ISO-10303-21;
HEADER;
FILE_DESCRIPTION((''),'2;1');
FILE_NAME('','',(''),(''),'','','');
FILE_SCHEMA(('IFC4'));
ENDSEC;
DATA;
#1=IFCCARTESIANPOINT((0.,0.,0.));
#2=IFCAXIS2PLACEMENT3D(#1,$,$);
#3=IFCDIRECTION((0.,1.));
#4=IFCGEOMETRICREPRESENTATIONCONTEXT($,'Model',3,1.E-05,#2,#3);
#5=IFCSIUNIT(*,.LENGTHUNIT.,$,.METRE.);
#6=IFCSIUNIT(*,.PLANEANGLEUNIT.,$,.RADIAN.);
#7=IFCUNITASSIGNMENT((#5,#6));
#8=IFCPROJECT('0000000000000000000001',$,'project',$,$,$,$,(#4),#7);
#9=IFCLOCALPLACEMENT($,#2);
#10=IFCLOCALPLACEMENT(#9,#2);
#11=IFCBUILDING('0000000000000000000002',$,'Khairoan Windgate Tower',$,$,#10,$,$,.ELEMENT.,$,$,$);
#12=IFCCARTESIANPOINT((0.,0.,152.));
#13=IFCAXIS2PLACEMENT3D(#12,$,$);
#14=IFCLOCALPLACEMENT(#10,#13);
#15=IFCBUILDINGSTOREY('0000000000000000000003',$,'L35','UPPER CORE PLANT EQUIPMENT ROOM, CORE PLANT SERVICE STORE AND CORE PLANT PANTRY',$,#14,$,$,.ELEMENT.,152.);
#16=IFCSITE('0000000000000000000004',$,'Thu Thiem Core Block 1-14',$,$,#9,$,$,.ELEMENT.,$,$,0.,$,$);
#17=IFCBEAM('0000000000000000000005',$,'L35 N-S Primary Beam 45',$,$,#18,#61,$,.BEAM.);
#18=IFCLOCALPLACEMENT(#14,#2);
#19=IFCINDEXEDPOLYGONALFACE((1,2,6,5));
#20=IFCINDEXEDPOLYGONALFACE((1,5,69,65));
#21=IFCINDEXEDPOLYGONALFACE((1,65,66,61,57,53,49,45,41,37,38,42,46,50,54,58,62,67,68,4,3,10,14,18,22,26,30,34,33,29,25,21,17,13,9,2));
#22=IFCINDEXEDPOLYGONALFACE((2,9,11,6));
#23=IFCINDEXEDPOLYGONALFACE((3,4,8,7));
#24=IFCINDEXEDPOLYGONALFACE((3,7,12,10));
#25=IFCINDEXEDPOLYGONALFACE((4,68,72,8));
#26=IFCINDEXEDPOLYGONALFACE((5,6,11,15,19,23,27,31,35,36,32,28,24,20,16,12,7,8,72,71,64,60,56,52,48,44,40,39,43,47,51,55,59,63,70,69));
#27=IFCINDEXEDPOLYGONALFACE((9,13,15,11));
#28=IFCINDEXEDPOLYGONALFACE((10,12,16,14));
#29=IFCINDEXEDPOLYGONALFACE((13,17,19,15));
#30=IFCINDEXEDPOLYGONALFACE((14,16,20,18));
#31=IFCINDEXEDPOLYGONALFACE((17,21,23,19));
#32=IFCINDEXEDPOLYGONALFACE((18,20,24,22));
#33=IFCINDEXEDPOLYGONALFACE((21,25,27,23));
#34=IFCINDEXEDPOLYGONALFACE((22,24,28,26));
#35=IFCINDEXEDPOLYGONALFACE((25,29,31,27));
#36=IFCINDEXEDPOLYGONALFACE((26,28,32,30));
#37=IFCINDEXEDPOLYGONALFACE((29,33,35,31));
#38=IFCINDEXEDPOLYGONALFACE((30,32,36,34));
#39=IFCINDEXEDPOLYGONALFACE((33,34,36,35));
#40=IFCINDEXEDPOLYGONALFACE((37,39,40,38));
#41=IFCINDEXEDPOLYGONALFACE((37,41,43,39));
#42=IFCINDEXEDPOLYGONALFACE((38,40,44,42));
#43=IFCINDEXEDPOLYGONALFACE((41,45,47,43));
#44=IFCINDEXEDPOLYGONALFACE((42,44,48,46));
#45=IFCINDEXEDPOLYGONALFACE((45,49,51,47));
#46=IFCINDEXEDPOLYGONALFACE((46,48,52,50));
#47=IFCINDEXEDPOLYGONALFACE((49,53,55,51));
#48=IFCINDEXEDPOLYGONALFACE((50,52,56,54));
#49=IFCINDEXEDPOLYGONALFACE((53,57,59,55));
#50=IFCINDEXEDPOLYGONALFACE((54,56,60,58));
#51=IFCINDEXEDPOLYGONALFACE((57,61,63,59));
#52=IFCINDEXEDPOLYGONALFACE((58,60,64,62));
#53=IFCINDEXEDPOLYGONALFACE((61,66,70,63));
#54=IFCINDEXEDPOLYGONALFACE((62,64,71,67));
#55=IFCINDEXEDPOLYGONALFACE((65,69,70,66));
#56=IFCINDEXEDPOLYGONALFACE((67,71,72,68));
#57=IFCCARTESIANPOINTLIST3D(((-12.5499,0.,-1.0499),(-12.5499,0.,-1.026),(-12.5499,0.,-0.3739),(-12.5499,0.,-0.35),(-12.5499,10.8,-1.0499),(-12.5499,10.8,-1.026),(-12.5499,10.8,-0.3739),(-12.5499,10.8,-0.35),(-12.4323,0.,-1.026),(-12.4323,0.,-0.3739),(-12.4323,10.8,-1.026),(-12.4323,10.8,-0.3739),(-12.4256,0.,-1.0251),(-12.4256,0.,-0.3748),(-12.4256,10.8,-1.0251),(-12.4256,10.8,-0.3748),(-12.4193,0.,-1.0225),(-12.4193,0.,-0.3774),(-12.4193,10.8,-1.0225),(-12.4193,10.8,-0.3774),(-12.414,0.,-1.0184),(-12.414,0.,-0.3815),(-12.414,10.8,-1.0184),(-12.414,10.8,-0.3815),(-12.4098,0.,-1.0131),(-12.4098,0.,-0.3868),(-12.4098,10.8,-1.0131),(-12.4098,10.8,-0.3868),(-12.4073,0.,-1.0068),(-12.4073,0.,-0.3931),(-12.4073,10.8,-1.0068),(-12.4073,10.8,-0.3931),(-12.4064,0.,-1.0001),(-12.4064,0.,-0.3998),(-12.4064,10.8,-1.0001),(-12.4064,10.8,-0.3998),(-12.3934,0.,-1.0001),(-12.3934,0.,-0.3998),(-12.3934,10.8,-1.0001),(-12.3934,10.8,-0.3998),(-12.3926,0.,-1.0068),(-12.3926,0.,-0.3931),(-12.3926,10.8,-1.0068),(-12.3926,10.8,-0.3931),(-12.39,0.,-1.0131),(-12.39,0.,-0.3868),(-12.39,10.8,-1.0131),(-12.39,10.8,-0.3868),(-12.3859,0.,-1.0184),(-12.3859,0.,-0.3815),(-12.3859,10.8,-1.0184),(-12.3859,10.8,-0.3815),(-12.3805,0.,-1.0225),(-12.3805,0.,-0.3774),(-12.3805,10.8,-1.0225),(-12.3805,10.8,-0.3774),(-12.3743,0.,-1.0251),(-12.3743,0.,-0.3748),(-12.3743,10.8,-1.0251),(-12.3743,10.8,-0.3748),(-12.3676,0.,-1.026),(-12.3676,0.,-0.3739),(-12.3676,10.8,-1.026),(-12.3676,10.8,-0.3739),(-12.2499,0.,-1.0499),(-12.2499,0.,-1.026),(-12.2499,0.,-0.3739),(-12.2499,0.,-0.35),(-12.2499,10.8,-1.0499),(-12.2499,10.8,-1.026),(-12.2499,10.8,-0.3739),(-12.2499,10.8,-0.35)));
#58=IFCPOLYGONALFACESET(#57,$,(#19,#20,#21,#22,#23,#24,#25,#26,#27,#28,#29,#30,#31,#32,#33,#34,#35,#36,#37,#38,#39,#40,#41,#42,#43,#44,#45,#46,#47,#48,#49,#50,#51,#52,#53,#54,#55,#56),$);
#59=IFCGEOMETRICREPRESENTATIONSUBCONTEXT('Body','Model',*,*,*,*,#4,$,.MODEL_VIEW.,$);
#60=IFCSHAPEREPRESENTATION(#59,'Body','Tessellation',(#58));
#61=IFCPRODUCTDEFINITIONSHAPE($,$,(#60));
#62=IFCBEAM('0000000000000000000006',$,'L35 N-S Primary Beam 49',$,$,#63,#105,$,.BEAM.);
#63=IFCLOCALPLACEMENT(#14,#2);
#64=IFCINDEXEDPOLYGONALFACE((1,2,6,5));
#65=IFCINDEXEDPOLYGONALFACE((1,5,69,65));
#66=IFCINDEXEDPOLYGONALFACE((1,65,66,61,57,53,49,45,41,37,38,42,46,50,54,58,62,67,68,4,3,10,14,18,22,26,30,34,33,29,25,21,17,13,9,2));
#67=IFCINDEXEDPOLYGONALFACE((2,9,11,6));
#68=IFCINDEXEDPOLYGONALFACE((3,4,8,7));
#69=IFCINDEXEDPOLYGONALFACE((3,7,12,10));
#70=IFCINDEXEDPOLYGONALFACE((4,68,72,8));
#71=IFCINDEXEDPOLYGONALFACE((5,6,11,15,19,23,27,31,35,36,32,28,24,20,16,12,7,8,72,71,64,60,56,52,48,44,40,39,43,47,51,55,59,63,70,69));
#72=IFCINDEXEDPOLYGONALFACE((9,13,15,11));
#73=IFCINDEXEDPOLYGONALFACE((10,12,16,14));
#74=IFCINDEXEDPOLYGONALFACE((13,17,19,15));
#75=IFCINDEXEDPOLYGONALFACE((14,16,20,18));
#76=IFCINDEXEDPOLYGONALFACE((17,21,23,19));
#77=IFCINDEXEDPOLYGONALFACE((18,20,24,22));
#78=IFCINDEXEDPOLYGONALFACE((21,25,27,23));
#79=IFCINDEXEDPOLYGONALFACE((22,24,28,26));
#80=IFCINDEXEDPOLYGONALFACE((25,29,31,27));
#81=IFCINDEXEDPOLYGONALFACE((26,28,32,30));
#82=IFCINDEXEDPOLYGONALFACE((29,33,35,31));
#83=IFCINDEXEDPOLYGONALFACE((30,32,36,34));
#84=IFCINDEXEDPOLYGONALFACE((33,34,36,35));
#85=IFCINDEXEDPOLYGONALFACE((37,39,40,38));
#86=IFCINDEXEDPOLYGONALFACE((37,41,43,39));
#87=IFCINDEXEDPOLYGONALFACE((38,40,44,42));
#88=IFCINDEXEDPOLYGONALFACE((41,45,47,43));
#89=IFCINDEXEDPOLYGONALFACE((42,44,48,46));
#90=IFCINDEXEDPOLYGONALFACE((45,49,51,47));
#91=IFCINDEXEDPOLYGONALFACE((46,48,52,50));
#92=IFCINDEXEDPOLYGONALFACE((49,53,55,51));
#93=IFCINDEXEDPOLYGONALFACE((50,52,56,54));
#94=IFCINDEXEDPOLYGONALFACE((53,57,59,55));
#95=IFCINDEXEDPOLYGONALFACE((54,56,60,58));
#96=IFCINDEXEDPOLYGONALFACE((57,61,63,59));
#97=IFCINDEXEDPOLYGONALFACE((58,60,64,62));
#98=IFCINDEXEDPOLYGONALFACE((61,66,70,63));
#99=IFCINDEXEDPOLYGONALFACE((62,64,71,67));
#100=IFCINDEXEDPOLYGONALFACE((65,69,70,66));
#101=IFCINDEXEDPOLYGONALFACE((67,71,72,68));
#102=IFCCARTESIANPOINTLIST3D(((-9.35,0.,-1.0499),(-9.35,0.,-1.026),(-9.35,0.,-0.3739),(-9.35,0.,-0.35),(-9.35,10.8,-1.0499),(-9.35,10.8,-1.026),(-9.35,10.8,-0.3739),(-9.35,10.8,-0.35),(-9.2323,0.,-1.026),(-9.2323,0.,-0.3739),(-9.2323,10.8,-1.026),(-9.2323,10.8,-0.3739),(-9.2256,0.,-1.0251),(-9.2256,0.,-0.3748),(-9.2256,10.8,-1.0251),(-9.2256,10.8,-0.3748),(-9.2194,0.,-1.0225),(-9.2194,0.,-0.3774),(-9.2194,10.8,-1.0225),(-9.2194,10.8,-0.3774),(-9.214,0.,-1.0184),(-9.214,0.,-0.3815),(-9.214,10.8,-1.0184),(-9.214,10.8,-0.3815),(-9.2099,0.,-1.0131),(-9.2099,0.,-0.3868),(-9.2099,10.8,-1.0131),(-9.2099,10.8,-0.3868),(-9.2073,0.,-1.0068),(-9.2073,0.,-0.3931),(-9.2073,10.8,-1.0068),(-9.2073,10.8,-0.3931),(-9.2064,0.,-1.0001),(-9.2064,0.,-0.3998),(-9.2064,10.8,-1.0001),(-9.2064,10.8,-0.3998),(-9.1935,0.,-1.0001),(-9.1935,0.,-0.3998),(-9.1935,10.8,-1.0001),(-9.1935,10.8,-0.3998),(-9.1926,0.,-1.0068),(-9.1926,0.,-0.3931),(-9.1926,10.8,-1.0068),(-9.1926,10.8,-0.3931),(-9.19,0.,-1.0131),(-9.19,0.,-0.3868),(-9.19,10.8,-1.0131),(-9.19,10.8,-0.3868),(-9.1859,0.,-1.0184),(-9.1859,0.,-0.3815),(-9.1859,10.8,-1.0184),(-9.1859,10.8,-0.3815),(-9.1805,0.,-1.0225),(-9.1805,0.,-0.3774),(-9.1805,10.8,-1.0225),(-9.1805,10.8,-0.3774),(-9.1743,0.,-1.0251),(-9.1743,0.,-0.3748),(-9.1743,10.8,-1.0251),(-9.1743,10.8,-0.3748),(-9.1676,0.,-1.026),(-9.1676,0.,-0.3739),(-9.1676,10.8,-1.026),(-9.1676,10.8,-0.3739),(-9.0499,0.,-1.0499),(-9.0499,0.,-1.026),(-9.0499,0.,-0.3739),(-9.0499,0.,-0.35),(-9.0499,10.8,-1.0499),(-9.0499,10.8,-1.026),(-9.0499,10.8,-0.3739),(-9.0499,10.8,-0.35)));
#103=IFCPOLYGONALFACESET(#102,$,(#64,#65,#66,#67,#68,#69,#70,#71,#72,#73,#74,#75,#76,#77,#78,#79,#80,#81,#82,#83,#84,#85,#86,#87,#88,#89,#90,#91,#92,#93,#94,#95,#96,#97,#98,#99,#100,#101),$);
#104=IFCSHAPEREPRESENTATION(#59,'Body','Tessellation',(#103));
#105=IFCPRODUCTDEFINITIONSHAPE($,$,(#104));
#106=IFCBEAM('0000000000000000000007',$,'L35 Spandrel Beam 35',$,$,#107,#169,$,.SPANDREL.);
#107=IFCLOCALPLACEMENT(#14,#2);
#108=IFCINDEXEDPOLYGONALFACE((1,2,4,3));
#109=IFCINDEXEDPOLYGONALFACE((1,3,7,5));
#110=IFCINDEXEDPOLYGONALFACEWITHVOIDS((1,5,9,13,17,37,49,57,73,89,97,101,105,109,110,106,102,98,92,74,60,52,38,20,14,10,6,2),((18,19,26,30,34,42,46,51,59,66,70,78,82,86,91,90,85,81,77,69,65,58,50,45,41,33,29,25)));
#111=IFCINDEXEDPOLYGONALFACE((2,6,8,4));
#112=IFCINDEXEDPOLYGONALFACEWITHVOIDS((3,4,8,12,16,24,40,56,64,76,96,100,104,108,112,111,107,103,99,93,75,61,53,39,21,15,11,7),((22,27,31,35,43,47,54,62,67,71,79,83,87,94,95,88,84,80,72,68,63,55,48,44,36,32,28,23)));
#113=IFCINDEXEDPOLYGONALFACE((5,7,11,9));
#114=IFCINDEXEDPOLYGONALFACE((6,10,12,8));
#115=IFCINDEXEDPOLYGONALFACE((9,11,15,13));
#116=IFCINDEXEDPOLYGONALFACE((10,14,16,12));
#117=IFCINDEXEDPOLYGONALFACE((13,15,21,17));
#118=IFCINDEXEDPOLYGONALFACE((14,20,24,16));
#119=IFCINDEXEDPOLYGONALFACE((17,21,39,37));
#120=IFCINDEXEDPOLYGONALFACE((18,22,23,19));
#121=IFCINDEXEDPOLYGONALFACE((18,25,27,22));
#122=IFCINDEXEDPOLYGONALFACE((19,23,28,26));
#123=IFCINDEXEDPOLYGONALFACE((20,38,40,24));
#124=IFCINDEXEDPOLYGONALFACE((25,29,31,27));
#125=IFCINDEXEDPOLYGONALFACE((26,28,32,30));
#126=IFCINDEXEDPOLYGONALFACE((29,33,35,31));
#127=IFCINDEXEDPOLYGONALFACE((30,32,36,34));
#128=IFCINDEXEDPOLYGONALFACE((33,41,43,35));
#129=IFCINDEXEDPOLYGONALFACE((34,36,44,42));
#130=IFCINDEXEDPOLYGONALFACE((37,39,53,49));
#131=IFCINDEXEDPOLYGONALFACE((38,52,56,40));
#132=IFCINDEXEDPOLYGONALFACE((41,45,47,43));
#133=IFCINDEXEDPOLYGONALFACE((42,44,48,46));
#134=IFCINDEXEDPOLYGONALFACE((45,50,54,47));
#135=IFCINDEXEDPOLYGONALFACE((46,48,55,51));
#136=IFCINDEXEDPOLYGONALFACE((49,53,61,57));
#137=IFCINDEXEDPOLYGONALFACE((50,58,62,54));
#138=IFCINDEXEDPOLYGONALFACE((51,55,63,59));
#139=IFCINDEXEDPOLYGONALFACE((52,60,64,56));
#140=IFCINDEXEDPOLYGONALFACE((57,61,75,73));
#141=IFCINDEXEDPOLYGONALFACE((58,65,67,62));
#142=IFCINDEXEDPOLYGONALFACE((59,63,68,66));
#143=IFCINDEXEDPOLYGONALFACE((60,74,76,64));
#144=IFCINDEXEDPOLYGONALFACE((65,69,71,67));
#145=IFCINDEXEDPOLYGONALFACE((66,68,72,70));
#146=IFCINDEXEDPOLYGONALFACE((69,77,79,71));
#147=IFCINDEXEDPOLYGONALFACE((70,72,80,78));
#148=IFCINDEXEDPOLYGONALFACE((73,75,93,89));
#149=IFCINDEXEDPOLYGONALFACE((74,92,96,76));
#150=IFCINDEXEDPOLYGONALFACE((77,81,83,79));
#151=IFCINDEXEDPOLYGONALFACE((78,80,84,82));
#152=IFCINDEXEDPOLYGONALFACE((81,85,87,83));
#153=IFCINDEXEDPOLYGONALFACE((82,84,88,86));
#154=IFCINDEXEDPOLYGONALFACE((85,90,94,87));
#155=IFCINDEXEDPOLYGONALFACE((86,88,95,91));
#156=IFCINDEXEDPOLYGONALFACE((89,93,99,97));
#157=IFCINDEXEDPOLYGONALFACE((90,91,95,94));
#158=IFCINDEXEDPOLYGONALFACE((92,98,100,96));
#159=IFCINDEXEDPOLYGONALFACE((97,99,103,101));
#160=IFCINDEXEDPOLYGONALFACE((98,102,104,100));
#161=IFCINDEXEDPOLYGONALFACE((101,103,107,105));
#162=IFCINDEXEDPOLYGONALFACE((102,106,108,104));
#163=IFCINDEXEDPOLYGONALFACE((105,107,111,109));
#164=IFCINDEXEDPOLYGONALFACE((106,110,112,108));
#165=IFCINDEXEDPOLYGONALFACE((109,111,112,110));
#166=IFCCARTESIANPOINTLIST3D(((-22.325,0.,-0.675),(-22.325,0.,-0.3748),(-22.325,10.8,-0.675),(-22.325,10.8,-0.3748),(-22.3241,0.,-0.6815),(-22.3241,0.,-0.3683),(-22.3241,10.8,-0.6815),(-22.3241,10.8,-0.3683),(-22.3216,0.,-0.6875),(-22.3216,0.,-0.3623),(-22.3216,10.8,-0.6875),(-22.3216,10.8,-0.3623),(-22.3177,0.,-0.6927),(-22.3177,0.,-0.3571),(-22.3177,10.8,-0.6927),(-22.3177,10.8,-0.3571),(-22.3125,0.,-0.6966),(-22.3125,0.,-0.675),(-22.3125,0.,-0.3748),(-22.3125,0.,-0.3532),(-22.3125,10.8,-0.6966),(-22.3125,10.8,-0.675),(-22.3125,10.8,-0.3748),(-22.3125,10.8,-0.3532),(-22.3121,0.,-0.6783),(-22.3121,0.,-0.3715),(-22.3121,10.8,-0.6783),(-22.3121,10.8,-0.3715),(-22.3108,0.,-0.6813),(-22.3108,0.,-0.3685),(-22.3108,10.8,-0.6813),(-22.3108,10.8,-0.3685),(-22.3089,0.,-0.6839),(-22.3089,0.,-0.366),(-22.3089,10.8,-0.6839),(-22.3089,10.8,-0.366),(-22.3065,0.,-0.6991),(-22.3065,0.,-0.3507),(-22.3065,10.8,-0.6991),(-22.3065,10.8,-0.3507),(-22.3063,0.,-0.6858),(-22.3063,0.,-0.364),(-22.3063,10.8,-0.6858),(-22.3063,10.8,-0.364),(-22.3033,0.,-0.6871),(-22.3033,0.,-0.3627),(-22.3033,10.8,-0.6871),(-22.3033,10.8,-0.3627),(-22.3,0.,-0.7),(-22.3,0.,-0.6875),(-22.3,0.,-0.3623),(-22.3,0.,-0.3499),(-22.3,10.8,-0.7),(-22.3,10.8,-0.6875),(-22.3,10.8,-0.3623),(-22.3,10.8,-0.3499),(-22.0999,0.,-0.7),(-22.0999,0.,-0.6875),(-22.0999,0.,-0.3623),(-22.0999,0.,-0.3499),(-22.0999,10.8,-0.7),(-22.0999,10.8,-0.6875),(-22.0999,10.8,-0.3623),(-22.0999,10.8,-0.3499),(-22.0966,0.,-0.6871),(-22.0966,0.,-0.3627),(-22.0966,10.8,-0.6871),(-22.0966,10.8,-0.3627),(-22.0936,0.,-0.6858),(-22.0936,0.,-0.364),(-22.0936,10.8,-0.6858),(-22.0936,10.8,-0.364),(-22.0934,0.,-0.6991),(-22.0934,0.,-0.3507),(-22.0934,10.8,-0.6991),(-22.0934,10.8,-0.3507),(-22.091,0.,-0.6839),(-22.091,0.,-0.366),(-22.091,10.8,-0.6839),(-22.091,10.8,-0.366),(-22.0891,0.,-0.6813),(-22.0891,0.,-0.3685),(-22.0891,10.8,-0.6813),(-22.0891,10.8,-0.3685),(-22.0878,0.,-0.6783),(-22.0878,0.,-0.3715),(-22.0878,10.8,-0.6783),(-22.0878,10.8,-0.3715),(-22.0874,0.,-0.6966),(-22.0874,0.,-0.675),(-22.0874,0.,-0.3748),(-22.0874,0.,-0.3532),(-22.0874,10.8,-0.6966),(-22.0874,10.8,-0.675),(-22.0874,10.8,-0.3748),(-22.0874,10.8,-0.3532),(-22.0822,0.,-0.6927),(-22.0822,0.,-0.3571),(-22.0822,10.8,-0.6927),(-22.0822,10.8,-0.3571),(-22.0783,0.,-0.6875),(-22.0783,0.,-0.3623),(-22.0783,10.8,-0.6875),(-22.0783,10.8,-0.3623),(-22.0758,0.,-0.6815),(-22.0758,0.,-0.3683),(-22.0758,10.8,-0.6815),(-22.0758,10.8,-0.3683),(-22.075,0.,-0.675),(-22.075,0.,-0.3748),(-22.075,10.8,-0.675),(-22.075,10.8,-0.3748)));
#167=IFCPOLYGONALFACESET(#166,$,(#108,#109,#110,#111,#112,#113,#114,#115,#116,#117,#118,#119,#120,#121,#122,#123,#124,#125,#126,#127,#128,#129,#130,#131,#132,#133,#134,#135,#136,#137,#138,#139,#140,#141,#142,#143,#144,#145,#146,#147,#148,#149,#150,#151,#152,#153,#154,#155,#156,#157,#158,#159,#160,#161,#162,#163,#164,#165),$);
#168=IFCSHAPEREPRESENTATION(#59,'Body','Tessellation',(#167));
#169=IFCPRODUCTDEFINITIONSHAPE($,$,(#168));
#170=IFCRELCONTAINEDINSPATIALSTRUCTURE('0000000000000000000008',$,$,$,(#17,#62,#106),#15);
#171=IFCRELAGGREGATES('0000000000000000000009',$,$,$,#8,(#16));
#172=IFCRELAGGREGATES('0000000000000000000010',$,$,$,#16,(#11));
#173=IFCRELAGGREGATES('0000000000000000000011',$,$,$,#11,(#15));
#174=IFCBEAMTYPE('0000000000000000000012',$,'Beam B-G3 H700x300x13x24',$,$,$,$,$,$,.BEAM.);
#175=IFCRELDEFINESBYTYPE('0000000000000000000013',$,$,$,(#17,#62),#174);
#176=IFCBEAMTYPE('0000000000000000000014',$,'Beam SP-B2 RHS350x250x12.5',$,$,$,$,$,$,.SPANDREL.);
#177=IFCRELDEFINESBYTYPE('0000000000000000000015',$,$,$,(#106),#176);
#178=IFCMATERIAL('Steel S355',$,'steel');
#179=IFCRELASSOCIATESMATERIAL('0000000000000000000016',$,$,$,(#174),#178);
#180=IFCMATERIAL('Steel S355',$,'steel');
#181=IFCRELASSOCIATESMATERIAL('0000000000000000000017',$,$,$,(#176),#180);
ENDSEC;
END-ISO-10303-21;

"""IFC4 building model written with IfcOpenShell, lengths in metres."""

from ifc_helpers import new_model, si_unit, direction, frame, origin, origin_2d, place, context, subcontext, project, spatial, hollow_rectangle, i_section, extrude, material, material_profile, profile_set, type_object, element, save


model = new_model("IFC4")

# Units and contexts
model_context = context("Model", 3, precision=1e-05, world=origin(), true_north=direction((0.0, 1.0)))
body_context = subcontext(model_context, "Body", "Model", "MODEL_VIEW")
ifc_project = project(units=[si_unit("LENGTHUNIT", "METRE"), si_unit("PLANEANGLEUNIT", "RADIAN")], contexts=[model_context])

# Site, building, storey
site_placement = place(None, origin())
site = spatial("IfcSite", under=ifc_project, at=site_placement, Name="Thu Thiem Core Block 1-14", CompositionType="ELEMENT", RefElevation=0.0)
building_placement = place(site_placement, origin())
building = spatial("IfcBuilding", under=site, at=building_placement, Name="Khairoan Windgate Tower", CompositionType="ELEMENT")
storey_placement = place(building_placement, frame((0.0, 0.0, 152.0)))
storey = spatial("IfcBuildingStorey", under=building, at=storey_placement, Name="L35", Description="UPPER CORE PLANT EQUIPMENT ROOM, CORE PLANT SERVICE STORE AND CORE PLANT PANTRY", CompositionType="ELEMENT", Elevation=152.0)

# Beams
ifc_material_1 = material(Name="Steel S355", Category="steel")
ifc_material_profile_1 = material_profile(ifc_material_1, i_section(OverallWidth=0.3, OverallDepth=0.7, WebThickness=0.0129, FlangeThickness=0.0239, FilletRadius=0.0259, at=origin_2d()))
ifc_profile_set_1 = profile_set([ifc_material_profile_1], Name="Steel S355")
beam_type_1 = type_object("IfcBeamType", Name="Beam B-G3 H700x300x13x24", PredefinedType="BEAM", material=ifc_profile_set_1)
for number, where, z_axis, x_axis, name in (
    (1, (-12.3999, 0.0, -0.7), (0.0, 1.0, 0.0), (-1.0, 0.0, 0.0), "L35 N-S Primary Beam 45"),
    (2, (-9.2, 0.0, -0.7), (0.0, 1.0, 0.0), (-1.0, 0.0, 0.0), "L35 N-S Primary Beam 49"),
):
    element("IfcBeam", number, at=place(storey_placement, frame(where, z_axis=z_axis, x_axis=x_axis)), inside=storey, type_object=beam_type_1, Name=name, PredefinedType="BEAM", context=body_context, shape_type="SweptSolid", body=[
        extrude(i_section(OverallWidth=0.3, OverallDepth=0.7, WebThickness=0.0129, FlangeThickness=0.0239, FilletRadius=0.0259, at=origin_2d()), origin(), (0.0, 0.0, 1.0), 10.8),
    ])
ifc_material_2 = material(Name="Steel S355", Category="steel")
ifc_material_profile_2 = material_profile(ifc_material_2, hollow_rectangle(XDim=0.25, YDim=0.3501, WallThickness=0.0125, InnerFilletRadius=0.0125, OuterFilletRadius=0.0249, at=origin_2d()))
ifc_profile_set_2 = profile_set([ifc_material_profile_2], Name="Steel S355")
beam_type_2 = type_object("IfcBeamType", Name="Beam SP-B2 RHS350x250x12.5", PredefinedType="SPANDREL", material=ifc_profile_set_2)
beam_1_placement = place(storey_placement, frame((-22.2, 0.0, -0.5249), z_axis=(0.0, 1.0, 0.0), x_axis=(-1.0, 0.0, 0.0)))
element("IfcBeam", 3, at=beam_1_placement, inside=storey, type_object=beam_type_2, Name="L35 Spandrel Beam 35", PredefinedType="SPANDREL", context=body_context, shape_type="SweptSolid", body=[
    extrude(hollow_rectangle(XDim=0.25, YDim=0.3501, WallThickness=0.0125, InnerFilletRadius=0.0125, OuterFilletRadius=0.0249, at=origin_2d()), origin(), (0.0, 0.0, 1.0), 10.8),
])

save(model, "model.ifc")
